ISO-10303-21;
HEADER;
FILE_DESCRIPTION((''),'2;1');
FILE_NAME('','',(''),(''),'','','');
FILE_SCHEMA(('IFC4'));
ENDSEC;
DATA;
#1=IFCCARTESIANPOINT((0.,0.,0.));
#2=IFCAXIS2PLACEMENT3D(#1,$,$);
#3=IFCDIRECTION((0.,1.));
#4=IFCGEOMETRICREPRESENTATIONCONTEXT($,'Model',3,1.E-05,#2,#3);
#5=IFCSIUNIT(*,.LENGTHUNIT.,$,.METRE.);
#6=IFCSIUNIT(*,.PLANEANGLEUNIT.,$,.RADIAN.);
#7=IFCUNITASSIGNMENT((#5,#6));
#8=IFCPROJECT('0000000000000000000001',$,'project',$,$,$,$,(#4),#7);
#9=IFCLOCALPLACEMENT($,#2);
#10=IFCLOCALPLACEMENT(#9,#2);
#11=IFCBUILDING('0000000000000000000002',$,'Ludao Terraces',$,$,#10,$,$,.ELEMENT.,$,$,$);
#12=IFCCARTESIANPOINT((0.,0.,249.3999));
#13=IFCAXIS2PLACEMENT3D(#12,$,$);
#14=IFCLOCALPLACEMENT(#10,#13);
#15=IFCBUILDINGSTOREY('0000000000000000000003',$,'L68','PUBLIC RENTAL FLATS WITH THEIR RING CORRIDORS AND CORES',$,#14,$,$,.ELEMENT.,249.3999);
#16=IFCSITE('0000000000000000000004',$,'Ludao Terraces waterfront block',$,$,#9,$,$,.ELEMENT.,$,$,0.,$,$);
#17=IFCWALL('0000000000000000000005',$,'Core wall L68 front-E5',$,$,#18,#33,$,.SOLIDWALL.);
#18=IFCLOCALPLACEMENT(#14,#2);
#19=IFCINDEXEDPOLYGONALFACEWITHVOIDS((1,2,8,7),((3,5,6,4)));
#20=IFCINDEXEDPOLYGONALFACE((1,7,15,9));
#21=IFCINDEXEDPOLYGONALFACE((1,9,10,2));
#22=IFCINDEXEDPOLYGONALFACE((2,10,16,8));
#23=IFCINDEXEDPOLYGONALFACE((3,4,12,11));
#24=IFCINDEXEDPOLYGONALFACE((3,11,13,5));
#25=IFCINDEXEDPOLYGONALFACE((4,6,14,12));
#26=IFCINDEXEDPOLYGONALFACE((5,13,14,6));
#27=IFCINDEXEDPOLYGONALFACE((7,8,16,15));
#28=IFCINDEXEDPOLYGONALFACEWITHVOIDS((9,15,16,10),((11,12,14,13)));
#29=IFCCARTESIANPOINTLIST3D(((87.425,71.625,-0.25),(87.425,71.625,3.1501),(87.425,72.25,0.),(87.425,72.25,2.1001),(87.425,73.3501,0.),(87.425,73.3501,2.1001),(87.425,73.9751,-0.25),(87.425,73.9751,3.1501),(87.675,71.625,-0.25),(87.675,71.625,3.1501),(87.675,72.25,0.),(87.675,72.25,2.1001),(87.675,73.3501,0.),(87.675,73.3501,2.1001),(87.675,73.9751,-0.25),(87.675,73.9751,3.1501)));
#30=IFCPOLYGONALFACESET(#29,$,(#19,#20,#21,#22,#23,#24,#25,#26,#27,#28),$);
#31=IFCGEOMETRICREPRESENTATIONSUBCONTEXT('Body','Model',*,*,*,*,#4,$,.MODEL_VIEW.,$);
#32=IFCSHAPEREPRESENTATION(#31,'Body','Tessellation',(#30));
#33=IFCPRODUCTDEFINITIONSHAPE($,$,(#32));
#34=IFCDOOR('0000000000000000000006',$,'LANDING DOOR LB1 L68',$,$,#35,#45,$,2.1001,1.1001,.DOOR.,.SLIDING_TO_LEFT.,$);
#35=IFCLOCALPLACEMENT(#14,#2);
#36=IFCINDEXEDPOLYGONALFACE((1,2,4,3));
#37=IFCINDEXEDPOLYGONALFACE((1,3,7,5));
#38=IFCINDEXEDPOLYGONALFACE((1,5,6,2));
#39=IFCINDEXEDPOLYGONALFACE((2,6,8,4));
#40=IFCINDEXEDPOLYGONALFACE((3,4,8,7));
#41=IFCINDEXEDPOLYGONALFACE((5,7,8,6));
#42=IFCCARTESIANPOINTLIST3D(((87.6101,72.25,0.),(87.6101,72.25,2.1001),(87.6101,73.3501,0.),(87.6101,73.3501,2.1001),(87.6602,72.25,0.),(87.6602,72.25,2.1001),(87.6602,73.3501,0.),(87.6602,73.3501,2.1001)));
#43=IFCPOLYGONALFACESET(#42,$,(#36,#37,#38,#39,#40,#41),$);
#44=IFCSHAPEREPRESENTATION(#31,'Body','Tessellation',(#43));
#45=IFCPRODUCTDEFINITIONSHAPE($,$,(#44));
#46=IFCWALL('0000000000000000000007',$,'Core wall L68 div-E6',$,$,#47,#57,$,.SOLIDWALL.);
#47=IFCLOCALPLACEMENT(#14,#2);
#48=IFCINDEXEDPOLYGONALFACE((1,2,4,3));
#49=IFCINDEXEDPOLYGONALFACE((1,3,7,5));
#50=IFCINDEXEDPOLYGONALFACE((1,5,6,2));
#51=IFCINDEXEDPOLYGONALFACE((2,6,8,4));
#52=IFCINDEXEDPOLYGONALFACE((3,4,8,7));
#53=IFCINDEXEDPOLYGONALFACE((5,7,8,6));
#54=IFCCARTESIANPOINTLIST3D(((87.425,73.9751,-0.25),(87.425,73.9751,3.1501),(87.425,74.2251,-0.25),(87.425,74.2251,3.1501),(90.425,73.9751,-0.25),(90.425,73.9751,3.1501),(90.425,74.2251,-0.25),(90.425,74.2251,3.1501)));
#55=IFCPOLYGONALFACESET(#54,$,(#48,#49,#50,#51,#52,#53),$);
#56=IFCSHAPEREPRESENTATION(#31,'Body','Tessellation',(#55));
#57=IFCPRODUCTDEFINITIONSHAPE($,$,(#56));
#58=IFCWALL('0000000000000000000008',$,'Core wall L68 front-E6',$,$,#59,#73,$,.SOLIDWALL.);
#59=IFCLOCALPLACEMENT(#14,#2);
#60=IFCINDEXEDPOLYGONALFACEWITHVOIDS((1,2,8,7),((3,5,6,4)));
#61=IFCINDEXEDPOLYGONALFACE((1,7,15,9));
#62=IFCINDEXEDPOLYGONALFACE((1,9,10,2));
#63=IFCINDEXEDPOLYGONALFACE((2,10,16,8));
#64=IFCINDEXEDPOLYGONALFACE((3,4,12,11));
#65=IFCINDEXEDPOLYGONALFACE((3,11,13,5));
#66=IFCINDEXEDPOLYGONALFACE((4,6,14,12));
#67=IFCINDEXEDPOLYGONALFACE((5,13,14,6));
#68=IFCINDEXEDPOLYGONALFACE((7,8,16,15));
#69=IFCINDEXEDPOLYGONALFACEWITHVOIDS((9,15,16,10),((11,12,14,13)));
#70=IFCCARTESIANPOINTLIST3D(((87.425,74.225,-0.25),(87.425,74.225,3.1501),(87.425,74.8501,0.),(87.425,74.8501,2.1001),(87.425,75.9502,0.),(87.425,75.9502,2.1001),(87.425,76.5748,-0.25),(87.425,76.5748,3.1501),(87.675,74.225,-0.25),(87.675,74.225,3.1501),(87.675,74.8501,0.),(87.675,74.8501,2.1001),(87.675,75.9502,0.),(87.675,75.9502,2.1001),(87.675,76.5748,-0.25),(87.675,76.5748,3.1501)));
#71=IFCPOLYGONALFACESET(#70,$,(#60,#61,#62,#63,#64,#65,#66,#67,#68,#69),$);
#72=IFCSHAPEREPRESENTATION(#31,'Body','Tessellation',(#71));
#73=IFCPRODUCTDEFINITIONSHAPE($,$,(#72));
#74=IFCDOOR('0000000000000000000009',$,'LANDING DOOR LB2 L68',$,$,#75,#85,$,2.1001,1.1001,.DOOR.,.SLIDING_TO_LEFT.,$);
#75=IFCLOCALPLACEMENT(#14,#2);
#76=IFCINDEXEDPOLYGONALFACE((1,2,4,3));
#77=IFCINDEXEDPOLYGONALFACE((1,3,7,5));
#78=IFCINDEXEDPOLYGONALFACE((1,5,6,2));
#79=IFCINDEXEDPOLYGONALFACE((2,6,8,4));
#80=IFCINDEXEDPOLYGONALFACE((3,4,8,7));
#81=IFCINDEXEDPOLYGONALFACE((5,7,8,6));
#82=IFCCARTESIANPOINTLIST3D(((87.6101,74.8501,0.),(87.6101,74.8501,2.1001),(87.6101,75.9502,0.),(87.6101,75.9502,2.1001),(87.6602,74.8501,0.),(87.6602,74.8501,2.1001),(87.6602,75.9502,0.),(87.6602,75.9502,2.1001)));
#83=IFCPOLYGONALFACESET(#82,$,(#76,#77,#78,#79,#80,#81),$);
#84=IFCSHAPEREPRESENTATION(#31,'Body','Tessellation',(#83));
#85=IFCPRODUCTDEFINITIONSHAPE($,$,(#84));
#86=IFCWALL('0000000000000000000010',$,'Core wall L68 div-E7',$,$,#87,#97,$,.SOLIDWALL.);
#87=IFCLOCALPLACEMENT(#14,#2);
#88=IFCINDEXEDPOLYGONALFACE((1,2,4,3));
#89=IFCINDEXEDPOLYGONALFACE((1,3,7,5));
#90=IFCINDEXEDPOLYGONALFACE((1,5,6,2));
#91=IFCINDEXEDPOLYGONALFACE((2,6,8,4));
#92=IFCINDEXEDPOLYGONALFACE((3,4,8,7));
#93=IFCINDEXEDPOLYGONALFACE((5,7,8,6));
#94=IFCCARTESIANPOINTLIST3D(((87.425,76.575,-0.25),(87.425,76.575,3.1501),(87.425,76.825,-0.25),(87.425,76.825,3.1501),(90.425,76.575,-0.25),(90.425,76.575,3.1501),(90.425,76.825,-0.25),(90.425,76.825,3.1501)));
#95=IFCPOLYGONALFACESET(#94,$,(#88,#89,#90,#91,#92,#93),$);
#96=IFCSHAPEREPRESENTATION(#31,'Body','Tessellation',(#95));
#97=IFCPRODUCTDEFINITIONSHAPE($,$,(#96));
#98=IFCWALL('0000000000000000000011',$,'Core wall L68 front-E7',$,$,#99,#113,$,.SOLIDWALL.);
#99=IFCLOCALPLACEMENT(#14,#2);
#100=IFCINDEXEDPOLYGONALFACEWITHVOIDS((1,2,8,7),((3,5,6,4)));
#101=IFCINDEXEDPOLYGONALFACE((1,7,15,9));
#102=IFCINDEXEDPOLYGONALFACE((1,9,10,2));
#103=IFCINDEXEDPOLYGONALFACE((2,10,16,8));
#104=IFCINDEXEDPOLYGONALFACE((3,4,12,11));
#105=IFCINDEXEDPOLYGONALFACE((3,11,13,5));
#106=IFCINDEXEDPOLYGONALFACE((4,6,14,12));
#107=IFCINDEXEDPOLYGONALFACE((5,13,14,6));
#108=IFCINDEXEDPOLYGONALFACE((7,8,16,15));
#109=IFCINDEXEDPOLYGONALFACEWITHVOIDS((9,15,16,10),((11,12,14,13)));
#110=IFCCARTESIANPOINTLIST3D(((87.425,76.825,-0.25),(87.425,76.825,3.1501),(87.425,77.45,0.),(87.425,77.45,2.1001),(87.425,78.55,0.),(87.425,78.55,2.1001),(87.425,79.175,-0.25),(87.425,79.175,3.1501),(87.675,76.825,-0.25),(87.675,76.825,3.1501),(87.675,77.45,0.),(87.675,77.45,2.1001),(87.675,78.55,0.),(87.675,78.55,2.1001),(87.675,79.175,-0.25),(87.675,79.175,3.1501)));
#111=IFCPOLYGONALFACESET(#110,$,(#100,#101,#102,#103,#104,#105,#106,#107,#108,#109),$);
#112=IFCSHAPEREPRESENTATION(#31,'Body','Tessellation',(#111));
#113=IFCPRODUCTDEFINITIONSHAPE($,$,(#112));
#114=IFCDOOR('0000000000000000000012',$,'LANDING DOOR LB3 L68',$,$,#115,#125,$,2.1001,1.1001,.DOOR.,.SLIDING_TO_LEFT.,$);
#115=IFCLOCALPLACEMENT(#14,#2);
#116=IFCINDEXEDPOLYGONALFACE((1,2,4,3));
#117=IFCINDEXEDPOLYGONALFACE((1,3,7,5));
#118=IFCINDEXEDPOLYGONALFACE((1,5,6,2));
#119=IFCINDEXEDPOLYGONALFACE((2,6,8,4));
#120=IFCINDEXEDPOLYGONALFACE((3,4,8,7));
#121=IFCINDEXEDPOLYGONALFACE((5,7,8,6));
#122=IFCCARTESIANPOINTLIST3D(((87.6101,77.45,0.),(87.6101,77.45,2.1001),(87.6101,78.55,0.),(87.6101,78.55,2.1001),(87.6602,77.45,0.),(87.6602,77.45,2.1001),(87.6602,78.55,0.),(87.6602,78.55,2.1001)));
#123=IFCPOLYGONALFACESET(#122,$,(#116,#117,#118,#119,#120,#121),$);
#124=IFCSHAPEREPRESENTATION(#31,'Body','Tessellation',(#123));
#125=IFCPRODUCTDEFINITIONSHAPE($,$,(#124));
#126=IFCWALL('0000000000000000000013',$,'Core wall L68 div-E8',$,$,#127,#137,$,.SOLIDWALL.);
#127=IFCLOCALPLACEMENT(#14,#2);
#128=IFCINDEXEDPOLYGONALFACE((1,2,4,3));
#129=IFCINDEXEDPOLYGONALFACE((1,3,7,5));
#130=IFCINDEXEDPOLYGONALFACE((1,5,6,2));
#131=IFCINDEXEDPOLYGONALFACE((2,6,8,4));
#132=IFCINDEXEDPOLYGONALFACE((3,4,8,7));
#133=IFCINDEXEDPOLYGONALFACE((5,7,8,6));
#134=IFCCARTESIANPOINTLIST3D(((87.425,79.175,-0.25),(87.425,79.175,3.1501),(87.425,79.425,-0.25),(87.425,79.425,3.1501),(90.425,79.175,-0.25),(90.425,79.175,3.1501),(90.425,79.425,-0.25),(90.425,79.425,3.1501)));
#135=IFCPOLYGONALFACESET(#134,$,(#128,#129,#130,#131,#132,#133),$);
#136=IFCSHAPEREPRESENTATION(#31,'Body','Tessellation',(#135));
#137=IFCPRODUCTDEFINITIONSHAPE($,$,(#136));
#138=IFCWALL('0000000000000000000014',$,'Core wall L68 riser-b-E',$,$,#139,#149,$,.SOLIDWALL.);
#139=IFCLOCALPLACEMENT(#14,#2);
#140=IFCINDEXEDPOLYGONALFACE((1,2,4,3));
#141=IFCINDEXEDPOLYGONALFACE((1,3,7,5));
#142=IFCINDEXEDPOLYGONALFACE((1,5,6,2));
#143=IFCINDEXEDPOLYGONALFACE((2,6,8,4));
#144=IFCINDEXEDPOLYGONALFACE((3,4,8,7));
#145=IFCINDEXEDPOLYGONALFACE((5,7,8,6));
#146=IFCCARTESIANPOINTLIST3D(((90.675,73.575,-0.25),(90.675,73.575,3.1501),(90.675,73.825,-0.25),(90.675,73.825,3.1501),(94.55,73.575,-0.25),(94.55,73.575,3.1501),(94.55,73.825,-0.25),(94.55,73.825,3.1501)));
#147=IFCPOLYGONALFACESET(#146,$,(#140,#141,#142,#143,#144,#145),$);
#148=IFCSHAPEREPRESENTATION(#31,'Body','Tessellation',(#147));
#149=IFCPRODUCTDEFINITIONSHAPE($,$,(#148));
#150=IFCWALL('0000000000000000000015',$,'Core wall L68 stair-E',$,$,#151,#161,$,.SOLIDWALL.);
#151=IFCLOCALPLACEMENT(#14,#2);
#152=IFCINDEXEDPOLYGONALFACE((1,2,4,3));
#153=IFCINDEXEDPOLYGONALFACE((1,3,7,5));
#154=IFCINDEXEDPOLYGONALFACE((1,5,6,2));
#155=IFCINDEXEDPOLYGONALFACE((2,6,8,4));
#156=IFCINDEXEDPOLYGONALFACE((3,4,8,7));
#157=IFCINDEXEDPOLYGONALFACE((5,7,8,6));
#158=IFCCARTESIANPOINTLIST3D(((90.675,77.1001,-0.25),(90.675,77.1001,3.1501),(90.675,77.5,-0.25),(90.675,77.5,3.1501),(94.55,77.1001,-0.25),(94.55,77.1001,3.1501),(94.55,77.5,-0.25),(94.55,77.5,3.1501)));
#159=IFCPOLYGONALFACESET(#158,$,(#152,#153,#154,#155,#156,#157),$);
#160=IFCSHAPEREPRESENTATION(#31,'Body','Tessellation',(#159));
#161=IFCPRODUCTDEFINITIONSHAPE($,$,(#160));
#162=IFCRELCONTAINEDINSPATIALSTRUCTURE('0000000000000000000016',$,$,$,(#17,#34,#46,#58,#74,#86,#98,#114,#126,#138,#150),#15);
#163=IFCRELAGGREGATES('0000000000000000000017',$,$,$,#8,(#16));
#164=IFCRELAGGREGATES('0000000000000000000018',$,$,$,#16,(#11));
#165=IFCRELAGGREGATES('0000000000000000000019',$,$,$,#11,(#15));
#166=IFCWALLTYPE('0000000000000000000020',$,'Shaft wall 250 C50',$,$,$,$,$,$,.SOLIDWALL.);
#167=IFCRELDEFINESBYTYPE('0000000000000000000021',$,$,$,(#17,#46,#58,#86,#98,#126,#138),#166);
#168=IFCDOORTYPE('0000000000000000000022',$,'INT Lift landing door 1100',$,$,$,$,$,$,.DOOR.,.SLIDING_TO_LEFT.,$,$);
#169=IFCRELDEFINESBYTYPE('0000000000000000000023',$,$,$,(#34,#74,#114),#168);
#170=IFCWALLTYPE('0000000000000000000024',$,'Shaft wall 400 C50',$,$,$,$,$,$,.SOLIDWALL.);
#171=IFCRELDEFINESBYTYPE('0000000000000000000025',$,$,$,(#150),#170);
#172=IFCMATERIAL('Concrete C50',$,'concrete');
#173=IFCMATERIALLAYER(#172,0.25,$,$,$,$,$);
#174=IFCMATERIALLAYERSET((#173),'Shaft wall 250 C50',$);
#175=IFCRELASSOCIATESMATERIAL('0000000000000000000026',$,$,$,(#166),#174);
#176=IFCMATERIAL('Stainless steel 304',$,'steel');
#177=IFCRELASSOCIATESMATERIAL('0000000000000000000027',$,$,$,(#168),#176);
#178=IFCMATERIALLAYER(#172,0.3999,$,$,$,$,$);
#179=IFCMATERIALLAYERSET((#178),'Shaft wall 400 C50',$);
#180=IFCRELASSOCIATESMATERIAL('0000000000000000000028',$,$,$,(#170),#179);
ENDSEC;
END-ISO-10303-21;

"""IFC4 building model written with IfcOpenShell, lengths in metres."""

from ifc_helpers import new_model, si_unit, direction, frame, frame_2d, origin, place, context, subcontext, project, spatial, rectangle, extrude, material, layer, layer_set, type_object, element, fill, save


model = new_model("IFC4")

# Units and contexts
model_context = context("Model", 3, precision=1e-05, world=origin(), true_north=direction((0.0, 1.0)))
body_context = subcontext(model_context, "Body", "Model", "MODEL_VIEW")
ifc_project = project(units=[si_unit("LENGTHUNIT", "METRE"), si_unit("PLANEANGLEUNIT", "RADIAN")], contexts=[model_context])

# Site, building, storey
site_placement = place(None, origin())
site = spatial("IfcSite", under=ifc_project, at=site_placement, Name="Ludao Terraces waterfront block", CompositionType="ELEMENT", RefElevation=0.0)
building_placement = place(site_placement, origin())
building = spatial("IfcBuilding", under=site, at=building_placement, Name="Ludao Terraces", CompositionType="ELEMENT")
storey_placement = place(building_placement, frame((0.0, 0.0, 249.3999)))
storey = spatial("IfcBuildingStorey", under=building, at=storey_placement, Name="L68", Description="PUBLIC RENTAL FLATS WITH THEIR RING CORRIDORS AND CORES", CompositionType="ELEMENT", Elevation=249.3999)

# Shared definitions
ifc_material_1 = material(Name="Concrete C50", Category="concrete")
ifc_layer_1 = layer(ifc_material_1, 0.25)
ifc_layer_set_1 = layer_set([ifc_layer_1], Name="Shaft wall 250 C50")
wall_type_1 = type_object("IfcWallType", Name="Shaft wall 250 C50", PredefinedType="SOLIDWALL", material=ifc_layer_set_1)

# Wall, opening, door
wall_1_placement = place(storey_placement, frame((87.55, 71.625, -0.25), z_axis=(0.0, 0.0, 1.0), x_axis=(0.0, 1.0, 0.0)))
wall_1 = element("IfcWall", 1, at=wall_1_placement, inside=storey, type_object=wall_type_1, Name="Core wall L68 front-E5", PredefinedType="SOLIDWALL", context=body_context, shape_type="SweptSolid", body=[
    extrude(rectangle(XDim=2.3501, YDim=0.25, at=frame_2d((1.175, 0.0))), origin(), (0.0, 0.0, 1.0), 3.4001),
])
opening_1_placement = place(wall_1_placement, frame((0.625, 0.0, 0.25)))
opening_1 = element("IfcOpeningElement", 2, at=opening_1_placement, cuts=wall_1, PredefinedType="OPENING", context=body_context, shape_type="SweptSolid", body=[
    extrude(rectangle(XDim=1.1001, YDim=2.1001, at=frame_2d((0.55, 1.05))), frame((0.0, 0.135, 0.0), z_axis=(0.0, -1.0, 0.0), x_axis=(1.0, 0.0, 0.0)), (0.0, 0.0, 1.0), 0.27),
])
ifc_material_2 = material(Name="Stainless steel 304", Category="steel")
door_type_1 = type_object("IfcDoorType", Name="INT Lift landing door 1100", OperationType="SLIDING_TO_LEFT", PredefinedType="DOOR", material=ifc_material_2)
door_1_placement = place(opening_1_placement, origin())
door_1 = element("IfcDoor", 3, at=door_1_placement, inside=storey, type_object=door_type_1, Name="LANDING DOOR LB1 L68", OperationType="SLIDING_TO_LEFT", OverallHeight=2.1001, OverallWidth=1.1001, PredefinedType="DOOR", context=body_context, shape_type="SweptSolid", body=[
    extrude(rectangle(XDim=1.1001, YDim=2.1001, at=frame_2d((0.55, 1.05))), frame((0.0, -0.0601, 0.0), z_axis=(0.0, -1.0, 0.0), x_axis=(1.0, 0.0, 0.0)), (0.0, 0.0, 1.0), 0.05),
])
fill(opening_1, door_1)

# Wall
wall_2_placement = place(storey_placement, frame((87.425, 74.1001, -0.25), z_axis=(0.0, 0.0, 1.0), x_axis=(1.0, 0.0, 0.0)))
element("IfcWall", 4, at=wall_2_placement, inside=storey, type_object=wall_type_1, Name="Core wall L68 div-E6", PredefinedType="SOLIDWALL", context=body_context, shape_type="SweptSolid", body=[
    extrude(rectangle(XDim=3.0, YDim=0.25, at=frame_2d((1.5, 0.0))), origin(), (0.0, 0.0, 1.0), 3.4001),
])

# Wall, opening, door
wall_3_placement = place(storey_placement, frame((87.55, 74.2251, -0.25), z_axis=(0.0, 0.0, 1.0), x_axis=(0.0, 1.0, 0.0)))
wall_3 = element("IfcWall", 5, at=wall_3_placement, inside=storey, type_object=wall_type_1, Name="Core wall L68 front-E6", PredefinedType="SOLIDWALL", context=body_context, shape_type="SweptSolid", body=[
    extrude(rectangle(XDim=2.3499, YDim=0.25, at=frame_2d((1.1748, 0.0))), origin(), (0.0, 0.0, 1.0), 3.4001),
])
opening_2_placement = place(wall_3_placement, frame((0.625, 0.0, 0.25)))
opening_2 = element("IfcOpeningElement", 6, at=opening_2_placement, cuts=wall_3, PredefinedType="OPENING", context=body_context, shape_type="SweptSolid", body=[
    extrude(rectangle(XDim=1.1001, YDim=2.1001, at=frame_2d((0.55, 1.05))), frame((0.0, 0.135, 0.0), z_axis=(0.0, -1.0, 0.0), x_axis=(1.0, 0.0, 0.0)), (0.0, 0.0, 1.0), 0.27),
])
door_2_placement = place(opening_2_placement, origin())
door_2 = element("IfcDoor", 7, at=door_2_placement, inside=storey, type_object=door_type_1, Name="LANDING DOOR LB2 L68", OperationType="SLIDING_TO_LEFT", OverallHeight=2.1001, OverallWidth=1.1001, PredefinedType="DOOR", context=body_context, shape_type="SweptSolid", body=[
    extrude(rectangle(XDim=1.1001, YDim=2.1001, at=frame_2d((0.55, 1.05))), frame((0.0, -0.0601, 0.0), z_axis=(0.0, -1.0, 0.0), x_axis=(1.0, 0.0, 0.0)), (0.0, 0.0, 1.0), 0.05),
])
fill(opening_2, door_2)

# Wall
wall_4_placement = place(storey_placement, frame((87.425, 76.7, -0.25), z_axis=(0.0, 0.0, 1.0), x_axis=(1.0, 0.0, 0.0)))
element("IfcWall", 8, at=wall_4_placement, inside=storey, type_object=wall_type_1, Name="Core wall L68 div-E7", PredefinedType="SOLIDWALL", context=body_context, shape_type="SweptSolid", body=[
    extrude(rectangle(XDim=3.0, YDim=0.25, at=frame_2d((1.5, 0.0))), origin(), (0.0, 0.0, 1.0), 3.4001),
])

# Wall, opening, door
wall_5_placement = place(storey_placement, frame((87.55, 76.825, -0.25), z_axis=(0.0, 0.0, 1.0), x_axis=(0.0, 1.0, 0.0)))
wall_5 = element("IfcWall", 9, at=wall_5_placement, inside=storey, type_object=wall_type_1, Name="Core wall L68 front-E7", PredefinedType="SOLIDWALL", context=body_context, shape_type="SweptSolid", body=[
    extrude(rectangle(XDim=2.3501, YDim=0.25, at=frame_2d((1.175, 0.0))), origin(), (0.0, 0.0, 1.0), 3.4001),
])
opening_3_placement = place(wall_5_placement, frame((0.625, 0.0, 0.25)))
opening_3 = element("IfcOpeningElement", 10, at=opening_3_placement, cuts=wall_5, PredefinedType="OPENING", context=body_context, shape_type="SweptSolid", body=[
    extrude(rectangle(XDim=1.1001, YDim=2.1001, at=frame_2d((0.55, 1.05))), frame((0.0, 0.135, 0.0), z_axis=(0.0, -1.0, 0.0), x_axis=(1.0, 0.0, 0.0)), (0.0, 0.0, 1.0), 0.27),
])
door_3_placement = place(opening_3_placement, origin())
door_3 = element("IfcDoor", 11, at=door_3_placement, inside=storey, type_object=door_type_1, Name="LANDING DOOR LB3 L68", OperationType="SLIDING_TO_LEFT", OverallHeight=2.1001, OverallWidth=1.1001, PredefinedType="DOOR", context=body_context, shape_type="SweptSolid", body=[
    extrude(rectangle(XDim=1.1001, YDim=2.1001, at=frame_2d((0.55, 1.05))), frame((0.0, -0.0601, 0.0), z_axis=(0.0, -1.0, 0.0), x_axis=(1.0, 0.0, 0.0)), (0.0, 0.0, 1.0), 0.05),
])
fill(opening_3, door_3)

# Walls
wall_6_placement = place(storey_placement, frame((87.425, 79.3, -0.25), z_axis=(0.0, 0.0, 1.0), x_axis=(1.0, 0.0, 0.0)))
element("IfcWall", 12, at=wall_6_placement, inside=storey, type_object=wall_type_1, Name="Core wall L68 div-E8", PredefinedType="SOLIDWALL", context=body_context, shape_type="SweptSolid", body=[
    extrude(rectangle(XDim=3.0, YDim=0.25, at=frame_2d((1.5, 0.0))), origin(), (0.0, 0.0, 1.0), 3.4001),
])
wall_7_placement = place(storey_placement, frame((90.675, 73.7, -0.25), z_axis=(0.0, 0.0, 1.0), x_axis=(1.0, 0.0, 0.0)))
element("IfcWall", 13, at=wall_7_placement, inside=storey, type_object=wall_type_1, Name="Core wall L68 riser-b-E", PredefinedType="SOLIDWALL", context=body_context, shape_type="SweptSolid", body=[
    extrude(rectangle(XDim=3.875, YDim=0.25, at=frame_2d((1.9375, 0.0))), origin(), (0.0, 0.0, 1.0), 3.4001),
])
ifc_layer_2 = layer(ifc_material_1, 0.3999)
ifc_layer_set_2 = layer_set([ifc_layer_2], Name="Shaft wall 400 C50")
wall_type_2 = type_object("IfcWallType", Name="Shaft wall 400 C50", PredefinedType="SOLIDWALL", material=ifc_layer_set_2)
wall_8_placement = place(storey_placement, frame((90.675, 77.3, -0.25), z_axis=(0.0, 0.0, 1.0), x_axis=(1.0, 0.0, 0.0)))
element("IfcWall", 14, at=wall_8_placement, inside=storey, type_object=wall_type_2, Name="Core wall L68 stair-E", PredefinedType="SOLIDWALL", context=body_context, shape_type="SweptSolid", body=[
    extrude(rectangle(XDim=3.875, YDim=0.3999, at=frame_2d((1.9375, 0.0))), origin(), (0.0, 0.0, 1.0), 3.4001),
])

save(model, "model.ifc")
